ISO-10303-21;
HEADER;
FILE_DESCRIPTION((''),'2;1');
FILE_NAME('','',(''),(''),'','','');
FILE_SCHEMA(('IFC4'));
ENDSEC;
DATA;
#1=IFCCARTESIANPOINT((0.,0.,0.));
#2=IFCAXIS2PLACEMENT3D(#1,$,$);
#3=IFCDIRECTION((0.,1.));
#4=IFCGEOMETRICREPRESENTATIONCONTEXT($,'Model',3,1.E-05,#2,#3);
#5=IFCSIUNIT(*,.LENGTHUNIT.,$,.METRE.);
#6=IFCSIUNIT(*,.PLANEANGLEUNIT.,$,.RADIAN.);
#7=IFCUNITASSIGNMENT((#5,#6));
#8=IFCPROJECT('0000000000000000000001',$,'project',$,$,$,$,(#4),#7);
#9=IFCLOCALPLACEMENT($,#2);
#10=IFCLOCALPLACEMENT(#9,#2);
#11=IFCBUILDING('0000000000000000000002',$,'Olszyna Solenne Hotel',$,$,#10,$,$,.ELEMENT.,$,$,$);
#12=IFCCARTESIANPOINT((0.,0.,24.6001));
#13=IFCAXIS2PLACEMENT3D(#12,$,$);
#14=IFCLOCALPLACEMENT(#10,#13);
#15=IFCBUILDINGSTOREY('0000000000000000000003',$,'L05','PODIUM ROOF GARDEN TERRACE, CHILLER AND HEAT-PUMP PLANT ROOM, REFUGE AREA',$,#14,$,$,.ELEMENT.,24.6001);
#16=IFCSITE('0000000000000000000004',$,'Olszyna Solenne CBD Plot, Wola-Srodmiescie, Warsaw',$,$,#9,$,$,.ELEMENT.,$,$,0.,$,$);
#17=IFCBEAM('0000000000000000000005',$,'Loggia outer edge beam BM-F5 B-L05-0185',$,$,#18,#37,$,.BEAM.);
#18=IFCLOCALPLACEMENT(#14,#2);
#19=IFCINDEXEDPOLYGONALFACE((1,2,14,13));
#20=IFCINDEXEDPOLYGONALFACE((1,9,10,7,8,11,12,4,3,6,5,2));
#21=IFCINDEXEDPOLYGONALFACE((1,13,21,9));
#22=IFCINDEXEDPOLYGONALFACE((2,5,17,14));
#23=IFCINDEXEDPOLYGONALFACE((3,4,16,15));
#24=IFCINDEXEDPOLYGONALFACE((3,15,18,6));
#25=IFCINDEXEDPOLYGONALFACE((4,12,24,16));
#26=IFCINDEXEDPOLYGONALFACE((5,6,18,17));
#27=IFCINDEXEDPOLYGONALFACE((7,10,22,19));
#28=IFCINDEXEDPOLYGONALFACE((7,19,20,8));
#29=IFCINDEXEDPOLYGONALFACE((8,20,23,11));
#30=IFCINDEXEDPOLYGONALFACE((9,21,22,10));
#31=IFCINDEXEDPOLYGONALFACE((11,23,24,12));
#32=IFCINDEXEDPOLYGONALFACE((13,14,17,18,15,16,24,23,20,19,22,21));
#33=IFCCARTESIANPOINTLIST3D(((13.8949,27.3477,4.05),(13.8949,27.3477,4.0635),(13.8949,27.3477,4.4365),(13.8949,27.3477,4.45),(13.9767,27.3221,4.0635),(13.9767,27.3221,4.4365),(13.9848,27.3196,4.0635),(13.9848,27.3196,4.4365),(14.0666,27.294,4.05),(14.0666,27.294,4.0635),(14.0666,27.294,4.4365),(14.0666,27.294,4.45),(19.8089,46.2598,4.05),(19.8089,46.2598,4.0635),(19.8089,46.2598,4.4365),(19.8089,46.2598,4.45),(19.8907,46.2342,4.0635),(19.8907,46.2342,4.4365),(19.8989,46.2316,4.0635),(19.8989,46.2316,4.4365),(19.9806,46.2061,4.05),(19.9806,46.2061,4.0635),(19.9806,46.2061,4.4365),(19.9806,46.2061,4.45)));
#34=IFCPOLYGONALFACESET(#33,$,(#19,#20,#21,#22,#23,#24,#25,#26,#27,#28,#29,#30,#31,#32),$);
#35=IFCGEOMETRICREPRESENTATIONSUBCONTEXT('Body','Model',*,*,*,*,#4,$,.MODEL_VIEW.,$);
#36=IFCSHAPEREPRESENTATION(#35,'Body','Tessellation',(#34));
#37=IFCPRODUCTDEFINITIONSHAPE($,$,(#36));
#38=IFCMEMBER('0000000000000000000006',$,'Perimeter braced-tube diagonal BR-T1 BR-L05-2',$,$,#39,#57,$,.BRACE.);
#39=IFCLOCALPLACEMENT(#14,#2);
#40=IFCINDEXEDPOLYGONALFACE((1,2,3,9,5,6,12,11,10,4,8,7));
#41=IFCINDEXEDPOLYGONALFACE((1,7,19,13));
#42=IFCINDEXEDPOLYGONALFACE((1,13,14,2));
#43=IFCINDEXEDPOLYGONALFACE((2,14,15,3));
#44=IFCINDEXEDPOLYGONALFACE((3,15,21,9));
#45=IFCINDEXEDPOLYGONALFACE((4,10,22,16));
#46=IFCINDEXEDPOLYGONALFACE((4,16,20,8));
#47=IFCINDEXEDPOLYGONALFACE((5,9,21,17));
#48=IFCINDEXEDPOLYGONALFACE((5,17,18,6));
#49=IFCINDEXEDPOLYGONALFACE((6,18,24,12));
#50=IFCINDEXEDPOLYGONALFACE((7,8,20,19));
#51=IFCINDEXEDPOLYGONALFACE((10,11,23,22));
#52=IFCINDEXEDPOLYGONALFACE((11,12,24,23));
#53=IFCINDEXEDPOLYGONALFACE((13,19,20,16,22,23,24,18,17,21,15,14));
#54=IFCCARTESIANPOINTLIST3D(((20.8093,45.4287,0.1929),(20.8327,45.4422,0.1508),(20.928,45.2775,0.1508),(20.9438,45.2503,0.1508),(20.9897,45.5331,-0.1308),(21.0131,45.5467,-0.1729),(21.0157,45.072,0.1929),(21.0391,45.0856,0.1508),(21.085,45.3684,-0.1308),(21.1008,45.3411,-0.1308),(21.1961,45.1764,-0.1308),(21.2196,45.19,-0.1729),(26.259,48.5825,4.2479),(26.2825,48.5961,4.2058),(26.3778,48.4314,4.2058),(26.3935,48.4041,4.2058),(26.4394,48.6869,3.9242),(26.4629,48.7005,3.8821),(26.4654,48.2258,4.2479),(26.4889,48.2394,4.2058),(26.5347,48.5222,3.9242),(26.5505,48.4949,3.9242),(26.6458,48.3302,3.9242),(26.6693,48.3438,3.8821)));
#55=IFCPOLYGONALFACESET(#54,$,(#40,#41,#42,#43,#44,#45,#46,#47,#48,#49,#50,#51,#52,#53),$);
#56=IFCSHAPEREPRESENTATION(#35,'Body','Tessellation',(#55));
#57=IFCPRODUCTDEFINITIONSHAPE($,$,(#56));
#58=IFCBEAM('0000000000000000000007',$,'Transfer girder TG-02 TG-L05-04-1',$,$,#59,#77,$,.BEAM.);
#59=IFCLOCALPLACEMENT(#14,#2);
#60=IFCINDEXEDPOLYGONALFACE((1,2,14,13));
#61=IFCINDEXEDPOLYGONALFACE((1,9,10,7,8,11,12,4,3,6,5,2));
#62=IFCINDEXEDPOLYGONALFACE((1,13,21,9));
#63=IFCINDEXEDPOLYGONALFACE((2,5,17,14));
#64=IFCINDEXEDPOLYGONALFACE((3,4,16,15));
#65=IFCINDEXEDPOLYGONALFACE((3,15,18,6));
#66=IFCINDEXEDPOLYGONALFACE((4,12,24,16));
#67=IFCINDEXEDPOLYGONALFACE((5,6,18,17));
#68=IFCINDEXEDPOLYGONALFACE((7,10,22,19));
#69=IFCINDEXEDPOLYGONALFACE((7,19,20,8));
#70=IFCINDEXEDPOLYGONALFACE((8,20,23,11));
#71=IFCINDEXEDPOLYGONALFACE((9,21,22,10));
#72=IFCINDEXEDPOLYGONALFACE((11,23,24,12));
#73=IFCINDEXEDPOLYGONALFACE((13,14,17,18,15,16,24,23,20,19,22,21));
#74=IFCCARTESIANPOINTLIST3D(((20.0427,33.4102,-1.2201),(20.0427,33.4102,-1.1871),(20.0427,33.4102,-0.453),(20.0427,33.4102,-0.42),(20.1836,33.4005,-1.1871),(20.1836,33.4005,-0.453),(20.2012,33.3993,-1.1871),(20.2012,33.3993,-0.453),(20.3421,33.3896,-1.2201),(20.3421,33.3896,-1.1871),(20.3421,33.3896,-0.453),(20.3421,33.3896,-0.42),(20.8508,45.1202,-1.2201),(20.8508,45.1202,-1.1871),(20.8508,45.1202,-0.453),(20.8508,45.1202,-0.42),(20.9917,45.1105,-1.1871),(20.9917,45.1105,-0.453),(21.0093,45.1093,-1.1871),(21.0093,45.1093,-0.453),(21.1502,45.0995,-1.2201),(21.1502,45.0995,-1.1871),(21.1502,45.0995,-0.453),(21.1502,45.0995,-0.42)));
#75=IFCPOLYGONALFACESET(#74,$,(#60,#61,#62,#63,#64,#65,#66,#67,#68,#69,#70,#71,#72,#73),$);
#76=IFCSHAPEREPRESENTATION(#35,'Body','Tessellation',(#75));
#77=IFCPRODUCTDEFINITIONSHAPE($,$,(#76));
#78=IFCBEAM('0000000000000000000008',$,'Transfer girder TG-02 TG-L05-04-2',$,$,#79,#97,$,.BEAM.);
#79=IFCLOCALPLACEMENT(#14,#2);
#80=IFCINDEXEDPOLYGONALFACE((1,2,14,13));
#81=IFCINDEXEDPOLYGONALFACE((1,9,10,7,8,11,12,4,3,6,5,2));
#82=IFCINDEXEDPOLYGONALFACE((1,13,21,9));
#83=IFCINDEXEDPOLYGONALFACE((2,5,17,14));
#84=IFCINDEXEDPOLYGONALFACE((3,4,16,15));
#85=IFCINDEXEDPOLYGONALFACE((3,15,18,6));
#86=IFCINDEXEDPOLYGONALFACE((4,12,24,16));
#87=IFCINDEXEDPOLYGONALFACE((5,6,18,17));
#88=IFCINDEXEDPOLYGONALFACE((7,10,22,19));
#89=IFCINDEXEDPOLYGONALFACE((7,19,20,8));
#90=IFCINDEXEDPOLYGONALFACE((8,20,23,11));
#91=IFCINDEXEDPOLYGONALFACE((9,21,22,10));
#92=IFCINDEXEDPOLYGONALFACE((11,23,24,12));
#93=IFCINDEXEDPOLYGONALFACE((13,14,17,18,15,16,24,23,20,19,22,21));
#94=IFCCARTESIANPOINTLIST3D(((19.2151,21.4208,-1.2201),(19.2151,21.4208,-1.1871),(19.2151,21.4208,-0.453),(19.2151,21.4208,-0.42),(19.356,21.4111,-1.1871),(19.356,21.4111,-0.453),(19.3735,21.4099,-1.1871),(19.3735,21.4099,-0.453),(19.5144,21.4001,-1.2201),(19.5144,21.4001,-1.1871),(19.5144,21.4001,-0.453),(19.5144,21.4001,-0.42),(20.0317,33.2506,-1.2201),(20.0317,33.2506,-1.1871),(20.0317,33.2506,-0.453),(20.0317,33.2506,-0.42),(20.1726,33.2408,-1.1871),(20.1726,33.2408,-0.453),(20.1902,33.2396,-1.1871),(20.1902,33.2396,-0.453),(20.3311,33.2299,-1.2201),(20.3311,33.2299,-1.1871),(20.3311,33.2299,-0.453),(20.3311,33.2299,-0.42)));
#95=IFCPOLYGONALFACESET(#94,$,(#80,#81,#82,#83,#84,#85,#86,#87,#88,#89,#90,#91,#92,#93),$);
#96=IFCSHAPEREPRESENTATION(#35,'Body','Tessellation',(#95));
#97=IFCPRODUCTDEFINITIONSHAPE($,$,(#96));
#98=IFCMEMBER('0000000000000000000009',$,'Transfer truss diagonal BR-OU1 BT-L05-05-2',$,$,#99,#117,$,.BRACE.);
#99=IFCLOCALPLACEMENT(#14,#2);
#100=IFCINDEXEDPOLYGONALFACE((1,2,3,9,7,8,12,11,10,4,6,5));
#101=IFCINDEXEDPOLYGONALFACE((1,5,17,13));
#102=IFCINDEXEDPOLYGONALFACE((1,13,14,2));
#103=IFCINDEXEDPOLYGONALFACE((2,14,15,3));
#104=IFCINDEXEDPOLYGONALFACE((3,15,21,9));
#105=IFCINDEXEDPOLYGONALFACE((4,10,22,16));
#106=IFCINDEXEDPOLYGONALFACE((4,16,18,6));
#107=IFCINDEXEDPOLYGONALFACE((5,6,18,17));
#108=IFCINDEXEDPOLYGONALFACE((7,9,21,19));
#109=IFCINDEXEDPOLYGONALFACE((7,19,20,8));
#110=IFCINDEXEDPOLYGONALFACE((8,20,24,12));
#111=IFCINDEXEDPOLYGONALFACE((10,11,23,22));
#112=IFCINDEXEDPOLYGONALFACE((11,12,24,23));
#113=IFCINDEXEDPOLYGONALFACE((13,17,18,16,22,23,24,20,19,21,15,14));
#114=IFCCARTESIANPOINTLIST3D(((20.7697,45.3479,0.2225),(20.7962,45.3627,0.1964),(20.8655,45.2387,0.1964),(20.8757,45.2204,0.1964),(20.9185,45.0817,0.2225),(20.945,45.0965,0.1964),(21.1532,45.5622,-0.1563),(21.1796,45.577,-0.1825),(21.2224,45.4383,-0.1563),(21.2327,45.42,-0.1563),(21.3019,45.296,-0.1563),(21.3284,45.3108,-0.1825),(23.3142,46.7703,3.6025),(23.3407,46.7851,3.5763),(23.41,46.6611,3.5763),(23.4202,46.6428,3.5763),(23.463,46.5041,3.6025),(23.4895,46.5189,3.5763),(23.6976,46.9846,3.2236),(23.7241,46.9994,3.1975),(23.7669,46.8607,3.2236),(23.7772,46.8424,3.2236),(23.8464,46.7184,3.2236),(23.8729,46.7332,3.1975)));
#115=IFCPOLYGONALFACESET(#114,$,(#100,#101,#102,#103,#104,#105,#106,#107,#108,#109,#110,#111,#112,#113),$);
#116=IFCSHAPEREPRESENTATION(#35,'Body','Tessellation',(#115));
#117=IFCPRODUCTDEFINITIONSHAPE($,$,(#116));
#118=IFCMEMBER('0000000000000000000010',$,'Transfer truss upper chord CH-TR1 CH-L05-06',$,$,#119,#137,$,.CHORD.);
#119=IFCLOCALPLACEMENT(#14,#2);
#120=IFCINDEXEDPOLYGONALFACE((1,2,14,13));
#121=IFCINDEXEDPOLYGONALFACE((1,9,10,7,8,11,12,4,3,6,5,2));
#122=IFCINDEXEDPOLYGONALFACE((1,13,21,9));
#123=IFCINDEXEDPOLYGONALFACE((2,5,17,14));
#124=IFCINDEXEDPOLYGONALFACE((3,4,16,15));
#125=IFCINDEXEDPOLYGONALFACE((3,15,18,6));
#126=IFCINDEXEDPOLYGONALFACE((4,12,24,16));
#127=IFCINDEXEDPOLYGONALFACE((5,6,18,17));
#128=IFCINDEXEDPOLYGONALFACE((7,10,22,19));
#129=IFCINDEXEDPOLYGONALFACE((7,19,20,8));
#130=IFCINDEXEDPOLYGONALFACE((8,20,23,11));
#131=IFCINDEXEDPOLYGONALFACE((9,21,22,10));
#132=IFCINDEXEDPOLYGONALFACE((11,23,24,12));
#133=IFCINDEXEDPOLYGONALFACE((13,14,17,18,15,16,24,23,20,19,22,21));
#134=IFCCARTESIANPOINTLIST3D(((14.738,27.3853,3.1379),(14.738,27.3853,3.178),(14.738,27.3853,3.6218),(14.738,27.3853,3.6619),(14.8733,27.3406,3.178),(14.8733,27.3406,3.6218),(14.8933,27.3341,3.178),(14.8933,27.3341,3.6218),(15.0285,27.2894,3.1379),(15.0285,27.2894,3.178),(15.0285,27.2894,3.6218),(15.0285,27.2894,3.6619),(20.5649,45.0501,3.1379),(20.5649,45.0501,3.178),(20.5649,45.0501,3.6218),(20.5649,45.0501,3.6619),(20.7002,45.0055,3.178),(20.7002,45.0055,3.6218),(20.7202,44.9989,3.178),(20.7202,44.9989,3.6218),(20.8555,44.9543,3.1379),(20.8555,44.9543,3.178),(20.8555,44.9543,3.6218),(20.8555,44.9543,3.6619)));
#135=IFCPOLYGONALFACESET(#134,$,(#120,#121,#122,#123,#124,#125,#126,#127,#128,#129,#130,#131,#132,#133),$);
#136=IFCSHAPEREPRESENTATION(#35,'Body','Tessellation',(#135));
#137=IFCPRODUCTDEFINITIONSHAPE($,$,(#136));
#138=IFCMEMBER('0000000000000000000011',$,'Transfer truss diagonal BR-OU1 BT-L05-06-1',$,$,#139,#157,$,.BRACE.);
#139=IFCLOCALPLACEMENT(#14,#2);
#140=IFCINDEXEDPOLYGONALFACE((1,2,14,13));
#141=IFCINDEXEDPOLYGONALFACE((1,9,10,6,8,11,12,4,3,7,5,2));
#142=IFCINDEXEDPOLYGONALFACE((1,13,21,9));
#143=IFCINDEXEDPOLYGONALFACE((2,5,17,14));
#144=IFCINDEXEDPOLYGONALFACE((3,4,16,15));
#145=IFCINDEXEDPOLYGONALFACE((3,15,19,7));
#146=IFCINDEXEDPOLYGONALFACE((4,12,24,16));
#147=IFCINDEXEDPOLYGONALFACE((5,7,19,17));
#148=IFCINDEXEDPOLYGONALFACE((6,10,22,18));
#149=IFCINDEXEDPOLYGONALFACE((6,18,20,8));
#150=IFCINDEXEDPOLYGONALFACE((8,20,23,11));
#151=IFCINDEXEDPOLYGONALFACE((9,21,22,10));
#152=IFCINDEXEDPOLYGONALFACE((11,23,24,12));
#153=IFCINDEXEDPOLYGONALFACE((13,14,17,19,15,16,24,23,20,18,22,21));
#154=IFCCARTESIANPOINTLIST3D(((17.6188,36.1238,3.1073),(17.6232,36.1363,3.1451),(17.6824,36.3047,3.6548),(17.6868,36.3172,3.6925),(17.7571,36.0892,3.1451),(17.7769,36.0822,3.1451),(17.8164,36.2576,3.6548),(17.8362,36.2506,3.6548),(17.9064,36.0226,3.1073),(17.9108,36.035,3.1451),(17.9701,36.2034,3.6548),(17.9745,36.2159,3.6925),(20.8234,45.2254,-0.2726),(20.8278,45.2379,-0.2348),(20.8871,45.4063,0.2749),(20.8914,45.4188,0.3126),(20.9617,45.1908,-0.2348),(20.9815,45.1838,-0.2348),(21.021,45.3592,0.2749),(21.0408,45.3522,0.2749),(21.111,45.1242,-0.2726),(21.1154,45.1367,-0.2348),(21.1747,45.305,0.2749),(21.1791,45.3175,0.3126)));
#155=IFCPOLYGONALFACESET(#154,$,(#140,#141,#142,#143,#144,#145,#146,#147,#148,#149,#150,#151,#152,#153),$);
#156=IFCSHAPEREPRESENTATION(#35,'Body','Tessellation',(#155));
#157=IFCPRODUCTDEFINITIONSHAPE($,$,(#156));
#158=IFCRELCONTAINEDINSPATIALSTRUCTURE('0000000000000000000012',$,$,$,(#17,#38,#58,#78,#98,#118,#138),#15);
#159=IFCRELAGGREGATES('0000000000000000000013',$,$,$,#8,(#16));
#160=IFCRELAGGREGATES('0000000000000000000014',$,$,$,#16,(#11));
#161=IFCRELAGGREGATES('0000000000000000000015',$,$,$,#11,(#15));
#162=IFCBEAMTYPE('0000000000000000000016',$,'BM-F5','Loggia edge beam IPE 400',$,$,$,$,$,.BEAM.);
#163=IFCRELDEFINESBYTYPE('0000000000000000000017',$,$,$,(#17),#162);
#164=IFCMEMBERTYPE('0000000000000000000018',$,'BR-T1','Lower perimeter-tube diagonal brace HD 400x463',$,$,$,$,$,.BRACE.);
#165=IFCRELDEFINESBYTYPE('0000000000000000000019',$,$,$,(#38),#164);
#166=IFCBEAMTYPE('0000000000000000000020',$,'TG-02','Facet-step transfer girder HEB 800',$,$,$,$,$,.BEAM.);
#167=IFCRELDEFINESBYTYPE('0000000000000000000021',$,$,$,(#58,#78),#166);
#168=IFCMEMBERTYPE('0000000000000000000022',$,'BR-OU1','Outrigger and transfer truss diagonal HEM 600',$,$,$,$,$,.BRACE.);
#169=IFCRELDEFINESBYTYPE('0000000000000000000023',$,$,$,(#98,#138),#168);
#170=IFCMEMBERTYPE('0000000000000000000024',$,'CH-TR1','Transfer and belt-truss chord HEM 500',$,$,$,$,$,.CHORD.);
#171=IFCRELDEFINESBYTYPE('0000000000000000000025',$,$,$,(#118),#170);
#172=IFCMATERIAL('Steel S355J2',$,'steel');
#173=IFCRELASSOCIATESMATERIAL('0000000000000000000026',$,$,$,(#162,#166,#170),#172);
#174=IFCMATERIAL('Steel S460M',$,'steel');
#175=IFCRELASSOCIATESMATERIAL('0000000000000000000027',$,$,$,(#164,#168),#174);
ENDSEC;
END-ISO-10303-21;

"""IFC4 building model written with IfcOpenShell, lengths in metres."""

from ifc_helpers import new_model, si_unit, direction, frame, origin, origin_2d, place, context, subcontext, project, spatial, i_section, extrude, source, transform, mapped, material, material_profile, profile_set, type_object, element, save


model = new_model("IFC4")

# Units and contexts
model_context = context("Model", 3, precision=1e-05, world=origin(), true_north=direction((0.0, 1.0)))
body_context = subcontext(model_context, "Body", "Model", "MODEL_VIEW")
ifc_project = project(units=[si_unit("LENGTHUNIT", "METRE"), si_unit("PLANEANGLEUNIT", "RADIAN")], contexts=[model_context])

# Site, building, storey
site_placement = place(None, origin())
site = spatial("IfcSite", under=ifc_project, at=site_placement, Name="Olszyna Solenne CBD Plot, Wola-Srodmiescie, Warsaw", CompositionType="ELEMENT", RefElevation=0.0)
building_placement = place(site_placement, origin())
building = spatial("IfcBuilding", under=site, at=building_placement, Name="Olszyna Solenne Hotel", CompositionType="ELEMENT")
storey_placement = place(building_placement, frame((0.0, 0.0, 24.6001)))
storey = spatial("IfcBuildingStorey", under=building, at=storey_placement, Name="L05", Description="PODIUM ROOF GARDEN TERRACE, CHILLER AND HEAT-PUMP PLANT ROOM, REFUGE AREA", CompositionType="ELEMENT", Elevation=24.6001)

# Shared definitions
ifc_material_1 = material(Name="Steel S355J2", Category="steel")
ifc_material_2 = material(Name="Steel S460M", Category="steel")

# Beam
ifc_material_profile_1 = material_profile(ifc_material_1, i_section(OverallWidth=0.1799, OverallDepth=0.3999, WebThickness=0.0085, FlangeThickness=0.0134, at=origin_2d()), Name="IPE 400", Category="load-bearing")
ifc_profile_set_1 = profile_set([ifc_material_profile_1], Name="Steel S355J2")
beam_type_1 = type_object("IfcBeamType", Name="BM-F5", Description="Loggia edge beam IPE 400", PredefinedType="BEAM", material=ifc_profile_set_1)
shared_shape_1 = source(origin(), body_context, "Body", "SweptSolid", [
    extrude(i_section(OverallWidth=0.1799, OverallDepth=0.3999, WebThickness=0.0085, FlangeThickness=0.0134, at=origin_2d()), origin(), (0.0, 0.0, 1.0), 19.8152),
])
beam_1_placement = place(storey_placement, frame((19.8948, 46.2329, 4.25), z_axis=(-0.29846, -0.954422, 0.0), x_axis=(0.954422, -0.29846, 0.0)))
element("IfcBeam", 1, at=beam_1_placement, inside=storey, type_object=beam_type_1, Name="Loggia outer edge beam BM-F5 B-L05-0185", PredefinedType="BEAM", context=body_context, shape_type="MappedRepresentation", body=[
    mapped(shared_shape_1, transform((0.0, 0.0, 0.0), x_axis=(1.0, 0.0, 0.0), y_axis=(0.0, 1.0, 0.0), z_axis=(0.0, 0.0, 1.0), scale=1.0)),
])

# Member
ifc_material_profile_2 = material_profile(ifc_material_2, i_section(OverallWidth=0.4121, OverallDepth=0.4351, WebThickness=0.0315, FlangeThickness=0.05, at=origin_2d()), Name="HD 400x463", Category="load-bearing")
ifc_profile_set_2 = profile_set([ifc_material_profile_2], Name="Steel S460M")
member_type_1 = type_object("IfcMemberType", Name="BR-T1", Description="Lower perimeter-tube diagonal brace HD 400x463", PredefinedType="BRACE", material=ifc_profile_set_2)
shared_shape_2 = source(origin(), body_context, "Body", "SweptSolid", [
    extrude(i_section(OverallWidth=0.4121, OverallDepth=0.4351, WebThickness=0.0315, FlangeThickness=0.05, at=origin_2d()), origin(), (0.0, 0.0, 1.0), 7.4893),
])
member_1_placement = place(storey_placement, frame((21.0144, 45.3093, 0.01), z_axis=(0.727674, 0.421114, 0.541436), x_axis=(-0.500883, 0.865515, 0.0)))
element("IfcMember", 2, at=member_1_placement, inside=storey, type_object=member_type_1, Name="Perimeter braced-tube diagonal BR-T1 BR-L05-2", PredefinedType="BRACE", context=body_context, shape_type="MappedRepresentation", body=[
    mapped(shared_shape_2, transform((0.0, 0.0, 0.0), x_axis=(1.0, 0.0, 0.0), y_axis=(0.0, 1.0, 0.0), z_axis=(0.0, 0.0, 1.0), scale=1.0)),
])

# Beams
ifc_material_profile_3 = material_profile(ifc_material_1, i_section(OverallWidth=0.3, OverallDepth=0.8, WebThickness=0.0176, FlangeThickness=0.033, at=origin_2d()), Name="HEB 800", Category="load-bearing")
ifc_profile_set_3 = profile_set([ifc_material_profile_3], Name="Steel S355J2")
beam_type_2 = type_object("IfcBeamType", Name="TG-02", Description="Facet-step transfer girder HEB 800", PredefinedType="BEAM", material=ifc_profile_set_3)
shared_shape_3 = source(origin(), body_context, "Body", "SweptSolid", [
    extrude(i_section(OverallWidth=0.3, OverallDepth=0.8, WebThickness=0.0176, FlangeThickness=0.033, at=origin_2d()), origin(), (0.0, 0.0, 1.0), 11.7378),
])
beam_2_placement = place(storey_placement, frame((21.0005, 45.1099, -0.8201), z_axis=(-0.068846, -0.997627, 0.0), x_axis=(0.997627, -0.068846, 0.0)))
element("IfcBeam", 3, at=beam_2_placement, inside=storey, type_object=beam_type_2, Name="Transfer girder TG-02 TG-L05-04-1", PredefinedType="BEAM", context=body_context, shape_type="MappedRepresentation", body=[
    mapped(shared_shape_3, transform((0.0, 0.0, 0.0), x_axis=(1.0, 0.0, 0.0), y_axis=(0.0, 1.0, 0.0), z_axis=(0.0, 0.0, 1.0), scale=1.0)),
])
shared_shape_4 = source(origin(), body_context, "Body", "SweptSolid", [
    extrude(i_section(OverallWidth=0.3, OverallDepth=0.8, WebThickness=0.0176, FlangeThickness=0.033, at=origin_2d()), origin(), (0.0, 0.0, 1.0), 11.8579),
])
beam_3_placement = place(storey_placement, frame((20.1814, 33.2402, -0.8201), z_axis=(-0.068869, -0.997626, 0.0), x_axis=(0.997626, -0.068869, 0.0)))
element("IfcBeam", 4, at=beam_3_placement, inside=storey, type_object=beam_type_2, Name="Transfer girder TG-02 TG-L05-04-2", PredefinedType="BEAM", context=body_context, shape_type="MappedRepresentation", body=[
    mapped(shared_shape_4, transform((0.0, 0.0, 0.0), x_axis=(1.0, 0.0, 0.0), y_axis=(0.0, 1.0, 0.0), z_axis=(0.0, 0.0, 1.0), scale=1.0)),
])

# Members
ifc_material_profile_4 = material_profile(ifc_material_2, i_section(OverallWidth=0.3049, OverallDepth=0.6201, WebThickness=0.021, FlangeThickness=0.04, at=origin_2d()), Name="HEM 600", Category="load-bearing")
ifc_profile_set_4 = profile_set([ifc_material_profile_4], Name="Steel S460M")
member_type_2 = type_object("IfcMemberType", Name="BR-OU1", Description="Outrigger and transfer truss diagonal HEM 600", PredefinedType="BRACE", material=ifc_profile_set_4)
shared_shape_5 = source(origin(), body_context, "Body", "SweptSolid", [
    extrude(i_section(OverallWidth=0.3049, OverallDepth=0.6201, WebThickness=0.021, FlangeThickness=0.04, at=origin_2d()), origin(), (0.0, 0.0, 1.0), 4.4634),
])
member_2_placement = place(storey_placement, frame((21.0491, 45.3293, 0.02), z_axis=(0.570082, 0.318681, 0.757264), x_axis=(-0.487945, 0.872874, 0.0)))
element("IfcMember", 5, at=member_2_placement, inside=storey, type_object=member_type_2, Name="Transfer truss diagonal BR-OU1 BT-L05-05-2", PredefinedType="BRACE", context=body_context, shape_type="MappedRepresentation", body=[
    mapped(shared_shape_5, transform((0.0, 0.0, 0.0), x_axis=(1.0, 0.0, 0.0), y_axis=(0.0, 1.0, 0.0), z_axis=(0.0, 0.0, 1.0), scale=1.0)),
])
ifc_material_profile_5 = material_profile(ifc_material_1, i_section(OverallWidth=0.3059, OverallDepth=0.5239, WebThickness=0.021, FlangeThickness=0.04, at=origin_2d()), Name="HEM 500", Category="load-bearing")
ifc_profile_set_5 = profile_set([ifc_material_profile_5], Name="Steel S355J2")
member_type_3 = type_object("IfcMemberType", Name="CH-TR1", Description="Transfer and belt-truss chord HEM 500", PredefinedType="CHORD", material=ifc_profile_set_5)
shared_shape_6 = source(origin(), body_context, "Body", "SweptSolid", [
    extrude(i_section(OverallWidth=0.3059, OverallDepth=0.5239, WebThickness=0.021, FlangeThickness=0.04, at=origin_2d()), origin(), (0.0, 0.0, 1.0), 18.6011),
])
member_3_placement = place(storey_placement, frame((20.7102, 45.0022, 3.3999), z_axis=(-0.313257, -0.949668, 0.0), x_axis=(0.949668, -0.313257, 0.0)))
element("IfcMember", 6, at=member_3_placement, inside=storey, type_object=member_type_3, Name="Transfer truss upper chord CH-TR1 CH-L05-06", PredefinedType="CHORD", context=body_context, shape_type="MappedRepresentation", body=[
    mapped(shared_shape_6, transform((0.0, 0.0, 0.0), x_axis=(1.0, 0.0, 0.0), y_axis=(0.0, 1.0, 0.0), z_axis=(0.0, 0.0, 1.0), scale=1.0)),
])
shared_shape_7 = source(origin(), body_context, "Body", "SweptSolid", [
    extrude(i_section(OverallWidth=0.3049, OverallDepth=0.6201, WebThickness=0.021, FlangeThickness=0.04, at=origin_2d()), origin(), (0.0, 0.0, 1.0), 10.2241),
])
member_4_placement = place(storey_placement, frame((21.0012, 45.2715, 0.02), z_axis=(-0.313436, -0.89021, 0.330581), x_axis=(0.943241, -0.332108, 0.0)))
element("IfcMember", 7, at=member_4_placement, inside=storey, type_object=member_type_2, Name="Transfer truss diagonal BR-OU1 BT-L05-06-1", PredefinedType="BRACE", context=body_context, shape_type="MappedRepresentation", body=[
    mapped(shared_shape_7, transform((0.0, 0.0, 0.0), x_axis=(1.0, 0.0, 0.0), y_axis=(0.0, 1.0, 0.0), z_axis=(0.0, 0.0, 1.0), scale=1.0)),
])

save(model, "model.ifc")
